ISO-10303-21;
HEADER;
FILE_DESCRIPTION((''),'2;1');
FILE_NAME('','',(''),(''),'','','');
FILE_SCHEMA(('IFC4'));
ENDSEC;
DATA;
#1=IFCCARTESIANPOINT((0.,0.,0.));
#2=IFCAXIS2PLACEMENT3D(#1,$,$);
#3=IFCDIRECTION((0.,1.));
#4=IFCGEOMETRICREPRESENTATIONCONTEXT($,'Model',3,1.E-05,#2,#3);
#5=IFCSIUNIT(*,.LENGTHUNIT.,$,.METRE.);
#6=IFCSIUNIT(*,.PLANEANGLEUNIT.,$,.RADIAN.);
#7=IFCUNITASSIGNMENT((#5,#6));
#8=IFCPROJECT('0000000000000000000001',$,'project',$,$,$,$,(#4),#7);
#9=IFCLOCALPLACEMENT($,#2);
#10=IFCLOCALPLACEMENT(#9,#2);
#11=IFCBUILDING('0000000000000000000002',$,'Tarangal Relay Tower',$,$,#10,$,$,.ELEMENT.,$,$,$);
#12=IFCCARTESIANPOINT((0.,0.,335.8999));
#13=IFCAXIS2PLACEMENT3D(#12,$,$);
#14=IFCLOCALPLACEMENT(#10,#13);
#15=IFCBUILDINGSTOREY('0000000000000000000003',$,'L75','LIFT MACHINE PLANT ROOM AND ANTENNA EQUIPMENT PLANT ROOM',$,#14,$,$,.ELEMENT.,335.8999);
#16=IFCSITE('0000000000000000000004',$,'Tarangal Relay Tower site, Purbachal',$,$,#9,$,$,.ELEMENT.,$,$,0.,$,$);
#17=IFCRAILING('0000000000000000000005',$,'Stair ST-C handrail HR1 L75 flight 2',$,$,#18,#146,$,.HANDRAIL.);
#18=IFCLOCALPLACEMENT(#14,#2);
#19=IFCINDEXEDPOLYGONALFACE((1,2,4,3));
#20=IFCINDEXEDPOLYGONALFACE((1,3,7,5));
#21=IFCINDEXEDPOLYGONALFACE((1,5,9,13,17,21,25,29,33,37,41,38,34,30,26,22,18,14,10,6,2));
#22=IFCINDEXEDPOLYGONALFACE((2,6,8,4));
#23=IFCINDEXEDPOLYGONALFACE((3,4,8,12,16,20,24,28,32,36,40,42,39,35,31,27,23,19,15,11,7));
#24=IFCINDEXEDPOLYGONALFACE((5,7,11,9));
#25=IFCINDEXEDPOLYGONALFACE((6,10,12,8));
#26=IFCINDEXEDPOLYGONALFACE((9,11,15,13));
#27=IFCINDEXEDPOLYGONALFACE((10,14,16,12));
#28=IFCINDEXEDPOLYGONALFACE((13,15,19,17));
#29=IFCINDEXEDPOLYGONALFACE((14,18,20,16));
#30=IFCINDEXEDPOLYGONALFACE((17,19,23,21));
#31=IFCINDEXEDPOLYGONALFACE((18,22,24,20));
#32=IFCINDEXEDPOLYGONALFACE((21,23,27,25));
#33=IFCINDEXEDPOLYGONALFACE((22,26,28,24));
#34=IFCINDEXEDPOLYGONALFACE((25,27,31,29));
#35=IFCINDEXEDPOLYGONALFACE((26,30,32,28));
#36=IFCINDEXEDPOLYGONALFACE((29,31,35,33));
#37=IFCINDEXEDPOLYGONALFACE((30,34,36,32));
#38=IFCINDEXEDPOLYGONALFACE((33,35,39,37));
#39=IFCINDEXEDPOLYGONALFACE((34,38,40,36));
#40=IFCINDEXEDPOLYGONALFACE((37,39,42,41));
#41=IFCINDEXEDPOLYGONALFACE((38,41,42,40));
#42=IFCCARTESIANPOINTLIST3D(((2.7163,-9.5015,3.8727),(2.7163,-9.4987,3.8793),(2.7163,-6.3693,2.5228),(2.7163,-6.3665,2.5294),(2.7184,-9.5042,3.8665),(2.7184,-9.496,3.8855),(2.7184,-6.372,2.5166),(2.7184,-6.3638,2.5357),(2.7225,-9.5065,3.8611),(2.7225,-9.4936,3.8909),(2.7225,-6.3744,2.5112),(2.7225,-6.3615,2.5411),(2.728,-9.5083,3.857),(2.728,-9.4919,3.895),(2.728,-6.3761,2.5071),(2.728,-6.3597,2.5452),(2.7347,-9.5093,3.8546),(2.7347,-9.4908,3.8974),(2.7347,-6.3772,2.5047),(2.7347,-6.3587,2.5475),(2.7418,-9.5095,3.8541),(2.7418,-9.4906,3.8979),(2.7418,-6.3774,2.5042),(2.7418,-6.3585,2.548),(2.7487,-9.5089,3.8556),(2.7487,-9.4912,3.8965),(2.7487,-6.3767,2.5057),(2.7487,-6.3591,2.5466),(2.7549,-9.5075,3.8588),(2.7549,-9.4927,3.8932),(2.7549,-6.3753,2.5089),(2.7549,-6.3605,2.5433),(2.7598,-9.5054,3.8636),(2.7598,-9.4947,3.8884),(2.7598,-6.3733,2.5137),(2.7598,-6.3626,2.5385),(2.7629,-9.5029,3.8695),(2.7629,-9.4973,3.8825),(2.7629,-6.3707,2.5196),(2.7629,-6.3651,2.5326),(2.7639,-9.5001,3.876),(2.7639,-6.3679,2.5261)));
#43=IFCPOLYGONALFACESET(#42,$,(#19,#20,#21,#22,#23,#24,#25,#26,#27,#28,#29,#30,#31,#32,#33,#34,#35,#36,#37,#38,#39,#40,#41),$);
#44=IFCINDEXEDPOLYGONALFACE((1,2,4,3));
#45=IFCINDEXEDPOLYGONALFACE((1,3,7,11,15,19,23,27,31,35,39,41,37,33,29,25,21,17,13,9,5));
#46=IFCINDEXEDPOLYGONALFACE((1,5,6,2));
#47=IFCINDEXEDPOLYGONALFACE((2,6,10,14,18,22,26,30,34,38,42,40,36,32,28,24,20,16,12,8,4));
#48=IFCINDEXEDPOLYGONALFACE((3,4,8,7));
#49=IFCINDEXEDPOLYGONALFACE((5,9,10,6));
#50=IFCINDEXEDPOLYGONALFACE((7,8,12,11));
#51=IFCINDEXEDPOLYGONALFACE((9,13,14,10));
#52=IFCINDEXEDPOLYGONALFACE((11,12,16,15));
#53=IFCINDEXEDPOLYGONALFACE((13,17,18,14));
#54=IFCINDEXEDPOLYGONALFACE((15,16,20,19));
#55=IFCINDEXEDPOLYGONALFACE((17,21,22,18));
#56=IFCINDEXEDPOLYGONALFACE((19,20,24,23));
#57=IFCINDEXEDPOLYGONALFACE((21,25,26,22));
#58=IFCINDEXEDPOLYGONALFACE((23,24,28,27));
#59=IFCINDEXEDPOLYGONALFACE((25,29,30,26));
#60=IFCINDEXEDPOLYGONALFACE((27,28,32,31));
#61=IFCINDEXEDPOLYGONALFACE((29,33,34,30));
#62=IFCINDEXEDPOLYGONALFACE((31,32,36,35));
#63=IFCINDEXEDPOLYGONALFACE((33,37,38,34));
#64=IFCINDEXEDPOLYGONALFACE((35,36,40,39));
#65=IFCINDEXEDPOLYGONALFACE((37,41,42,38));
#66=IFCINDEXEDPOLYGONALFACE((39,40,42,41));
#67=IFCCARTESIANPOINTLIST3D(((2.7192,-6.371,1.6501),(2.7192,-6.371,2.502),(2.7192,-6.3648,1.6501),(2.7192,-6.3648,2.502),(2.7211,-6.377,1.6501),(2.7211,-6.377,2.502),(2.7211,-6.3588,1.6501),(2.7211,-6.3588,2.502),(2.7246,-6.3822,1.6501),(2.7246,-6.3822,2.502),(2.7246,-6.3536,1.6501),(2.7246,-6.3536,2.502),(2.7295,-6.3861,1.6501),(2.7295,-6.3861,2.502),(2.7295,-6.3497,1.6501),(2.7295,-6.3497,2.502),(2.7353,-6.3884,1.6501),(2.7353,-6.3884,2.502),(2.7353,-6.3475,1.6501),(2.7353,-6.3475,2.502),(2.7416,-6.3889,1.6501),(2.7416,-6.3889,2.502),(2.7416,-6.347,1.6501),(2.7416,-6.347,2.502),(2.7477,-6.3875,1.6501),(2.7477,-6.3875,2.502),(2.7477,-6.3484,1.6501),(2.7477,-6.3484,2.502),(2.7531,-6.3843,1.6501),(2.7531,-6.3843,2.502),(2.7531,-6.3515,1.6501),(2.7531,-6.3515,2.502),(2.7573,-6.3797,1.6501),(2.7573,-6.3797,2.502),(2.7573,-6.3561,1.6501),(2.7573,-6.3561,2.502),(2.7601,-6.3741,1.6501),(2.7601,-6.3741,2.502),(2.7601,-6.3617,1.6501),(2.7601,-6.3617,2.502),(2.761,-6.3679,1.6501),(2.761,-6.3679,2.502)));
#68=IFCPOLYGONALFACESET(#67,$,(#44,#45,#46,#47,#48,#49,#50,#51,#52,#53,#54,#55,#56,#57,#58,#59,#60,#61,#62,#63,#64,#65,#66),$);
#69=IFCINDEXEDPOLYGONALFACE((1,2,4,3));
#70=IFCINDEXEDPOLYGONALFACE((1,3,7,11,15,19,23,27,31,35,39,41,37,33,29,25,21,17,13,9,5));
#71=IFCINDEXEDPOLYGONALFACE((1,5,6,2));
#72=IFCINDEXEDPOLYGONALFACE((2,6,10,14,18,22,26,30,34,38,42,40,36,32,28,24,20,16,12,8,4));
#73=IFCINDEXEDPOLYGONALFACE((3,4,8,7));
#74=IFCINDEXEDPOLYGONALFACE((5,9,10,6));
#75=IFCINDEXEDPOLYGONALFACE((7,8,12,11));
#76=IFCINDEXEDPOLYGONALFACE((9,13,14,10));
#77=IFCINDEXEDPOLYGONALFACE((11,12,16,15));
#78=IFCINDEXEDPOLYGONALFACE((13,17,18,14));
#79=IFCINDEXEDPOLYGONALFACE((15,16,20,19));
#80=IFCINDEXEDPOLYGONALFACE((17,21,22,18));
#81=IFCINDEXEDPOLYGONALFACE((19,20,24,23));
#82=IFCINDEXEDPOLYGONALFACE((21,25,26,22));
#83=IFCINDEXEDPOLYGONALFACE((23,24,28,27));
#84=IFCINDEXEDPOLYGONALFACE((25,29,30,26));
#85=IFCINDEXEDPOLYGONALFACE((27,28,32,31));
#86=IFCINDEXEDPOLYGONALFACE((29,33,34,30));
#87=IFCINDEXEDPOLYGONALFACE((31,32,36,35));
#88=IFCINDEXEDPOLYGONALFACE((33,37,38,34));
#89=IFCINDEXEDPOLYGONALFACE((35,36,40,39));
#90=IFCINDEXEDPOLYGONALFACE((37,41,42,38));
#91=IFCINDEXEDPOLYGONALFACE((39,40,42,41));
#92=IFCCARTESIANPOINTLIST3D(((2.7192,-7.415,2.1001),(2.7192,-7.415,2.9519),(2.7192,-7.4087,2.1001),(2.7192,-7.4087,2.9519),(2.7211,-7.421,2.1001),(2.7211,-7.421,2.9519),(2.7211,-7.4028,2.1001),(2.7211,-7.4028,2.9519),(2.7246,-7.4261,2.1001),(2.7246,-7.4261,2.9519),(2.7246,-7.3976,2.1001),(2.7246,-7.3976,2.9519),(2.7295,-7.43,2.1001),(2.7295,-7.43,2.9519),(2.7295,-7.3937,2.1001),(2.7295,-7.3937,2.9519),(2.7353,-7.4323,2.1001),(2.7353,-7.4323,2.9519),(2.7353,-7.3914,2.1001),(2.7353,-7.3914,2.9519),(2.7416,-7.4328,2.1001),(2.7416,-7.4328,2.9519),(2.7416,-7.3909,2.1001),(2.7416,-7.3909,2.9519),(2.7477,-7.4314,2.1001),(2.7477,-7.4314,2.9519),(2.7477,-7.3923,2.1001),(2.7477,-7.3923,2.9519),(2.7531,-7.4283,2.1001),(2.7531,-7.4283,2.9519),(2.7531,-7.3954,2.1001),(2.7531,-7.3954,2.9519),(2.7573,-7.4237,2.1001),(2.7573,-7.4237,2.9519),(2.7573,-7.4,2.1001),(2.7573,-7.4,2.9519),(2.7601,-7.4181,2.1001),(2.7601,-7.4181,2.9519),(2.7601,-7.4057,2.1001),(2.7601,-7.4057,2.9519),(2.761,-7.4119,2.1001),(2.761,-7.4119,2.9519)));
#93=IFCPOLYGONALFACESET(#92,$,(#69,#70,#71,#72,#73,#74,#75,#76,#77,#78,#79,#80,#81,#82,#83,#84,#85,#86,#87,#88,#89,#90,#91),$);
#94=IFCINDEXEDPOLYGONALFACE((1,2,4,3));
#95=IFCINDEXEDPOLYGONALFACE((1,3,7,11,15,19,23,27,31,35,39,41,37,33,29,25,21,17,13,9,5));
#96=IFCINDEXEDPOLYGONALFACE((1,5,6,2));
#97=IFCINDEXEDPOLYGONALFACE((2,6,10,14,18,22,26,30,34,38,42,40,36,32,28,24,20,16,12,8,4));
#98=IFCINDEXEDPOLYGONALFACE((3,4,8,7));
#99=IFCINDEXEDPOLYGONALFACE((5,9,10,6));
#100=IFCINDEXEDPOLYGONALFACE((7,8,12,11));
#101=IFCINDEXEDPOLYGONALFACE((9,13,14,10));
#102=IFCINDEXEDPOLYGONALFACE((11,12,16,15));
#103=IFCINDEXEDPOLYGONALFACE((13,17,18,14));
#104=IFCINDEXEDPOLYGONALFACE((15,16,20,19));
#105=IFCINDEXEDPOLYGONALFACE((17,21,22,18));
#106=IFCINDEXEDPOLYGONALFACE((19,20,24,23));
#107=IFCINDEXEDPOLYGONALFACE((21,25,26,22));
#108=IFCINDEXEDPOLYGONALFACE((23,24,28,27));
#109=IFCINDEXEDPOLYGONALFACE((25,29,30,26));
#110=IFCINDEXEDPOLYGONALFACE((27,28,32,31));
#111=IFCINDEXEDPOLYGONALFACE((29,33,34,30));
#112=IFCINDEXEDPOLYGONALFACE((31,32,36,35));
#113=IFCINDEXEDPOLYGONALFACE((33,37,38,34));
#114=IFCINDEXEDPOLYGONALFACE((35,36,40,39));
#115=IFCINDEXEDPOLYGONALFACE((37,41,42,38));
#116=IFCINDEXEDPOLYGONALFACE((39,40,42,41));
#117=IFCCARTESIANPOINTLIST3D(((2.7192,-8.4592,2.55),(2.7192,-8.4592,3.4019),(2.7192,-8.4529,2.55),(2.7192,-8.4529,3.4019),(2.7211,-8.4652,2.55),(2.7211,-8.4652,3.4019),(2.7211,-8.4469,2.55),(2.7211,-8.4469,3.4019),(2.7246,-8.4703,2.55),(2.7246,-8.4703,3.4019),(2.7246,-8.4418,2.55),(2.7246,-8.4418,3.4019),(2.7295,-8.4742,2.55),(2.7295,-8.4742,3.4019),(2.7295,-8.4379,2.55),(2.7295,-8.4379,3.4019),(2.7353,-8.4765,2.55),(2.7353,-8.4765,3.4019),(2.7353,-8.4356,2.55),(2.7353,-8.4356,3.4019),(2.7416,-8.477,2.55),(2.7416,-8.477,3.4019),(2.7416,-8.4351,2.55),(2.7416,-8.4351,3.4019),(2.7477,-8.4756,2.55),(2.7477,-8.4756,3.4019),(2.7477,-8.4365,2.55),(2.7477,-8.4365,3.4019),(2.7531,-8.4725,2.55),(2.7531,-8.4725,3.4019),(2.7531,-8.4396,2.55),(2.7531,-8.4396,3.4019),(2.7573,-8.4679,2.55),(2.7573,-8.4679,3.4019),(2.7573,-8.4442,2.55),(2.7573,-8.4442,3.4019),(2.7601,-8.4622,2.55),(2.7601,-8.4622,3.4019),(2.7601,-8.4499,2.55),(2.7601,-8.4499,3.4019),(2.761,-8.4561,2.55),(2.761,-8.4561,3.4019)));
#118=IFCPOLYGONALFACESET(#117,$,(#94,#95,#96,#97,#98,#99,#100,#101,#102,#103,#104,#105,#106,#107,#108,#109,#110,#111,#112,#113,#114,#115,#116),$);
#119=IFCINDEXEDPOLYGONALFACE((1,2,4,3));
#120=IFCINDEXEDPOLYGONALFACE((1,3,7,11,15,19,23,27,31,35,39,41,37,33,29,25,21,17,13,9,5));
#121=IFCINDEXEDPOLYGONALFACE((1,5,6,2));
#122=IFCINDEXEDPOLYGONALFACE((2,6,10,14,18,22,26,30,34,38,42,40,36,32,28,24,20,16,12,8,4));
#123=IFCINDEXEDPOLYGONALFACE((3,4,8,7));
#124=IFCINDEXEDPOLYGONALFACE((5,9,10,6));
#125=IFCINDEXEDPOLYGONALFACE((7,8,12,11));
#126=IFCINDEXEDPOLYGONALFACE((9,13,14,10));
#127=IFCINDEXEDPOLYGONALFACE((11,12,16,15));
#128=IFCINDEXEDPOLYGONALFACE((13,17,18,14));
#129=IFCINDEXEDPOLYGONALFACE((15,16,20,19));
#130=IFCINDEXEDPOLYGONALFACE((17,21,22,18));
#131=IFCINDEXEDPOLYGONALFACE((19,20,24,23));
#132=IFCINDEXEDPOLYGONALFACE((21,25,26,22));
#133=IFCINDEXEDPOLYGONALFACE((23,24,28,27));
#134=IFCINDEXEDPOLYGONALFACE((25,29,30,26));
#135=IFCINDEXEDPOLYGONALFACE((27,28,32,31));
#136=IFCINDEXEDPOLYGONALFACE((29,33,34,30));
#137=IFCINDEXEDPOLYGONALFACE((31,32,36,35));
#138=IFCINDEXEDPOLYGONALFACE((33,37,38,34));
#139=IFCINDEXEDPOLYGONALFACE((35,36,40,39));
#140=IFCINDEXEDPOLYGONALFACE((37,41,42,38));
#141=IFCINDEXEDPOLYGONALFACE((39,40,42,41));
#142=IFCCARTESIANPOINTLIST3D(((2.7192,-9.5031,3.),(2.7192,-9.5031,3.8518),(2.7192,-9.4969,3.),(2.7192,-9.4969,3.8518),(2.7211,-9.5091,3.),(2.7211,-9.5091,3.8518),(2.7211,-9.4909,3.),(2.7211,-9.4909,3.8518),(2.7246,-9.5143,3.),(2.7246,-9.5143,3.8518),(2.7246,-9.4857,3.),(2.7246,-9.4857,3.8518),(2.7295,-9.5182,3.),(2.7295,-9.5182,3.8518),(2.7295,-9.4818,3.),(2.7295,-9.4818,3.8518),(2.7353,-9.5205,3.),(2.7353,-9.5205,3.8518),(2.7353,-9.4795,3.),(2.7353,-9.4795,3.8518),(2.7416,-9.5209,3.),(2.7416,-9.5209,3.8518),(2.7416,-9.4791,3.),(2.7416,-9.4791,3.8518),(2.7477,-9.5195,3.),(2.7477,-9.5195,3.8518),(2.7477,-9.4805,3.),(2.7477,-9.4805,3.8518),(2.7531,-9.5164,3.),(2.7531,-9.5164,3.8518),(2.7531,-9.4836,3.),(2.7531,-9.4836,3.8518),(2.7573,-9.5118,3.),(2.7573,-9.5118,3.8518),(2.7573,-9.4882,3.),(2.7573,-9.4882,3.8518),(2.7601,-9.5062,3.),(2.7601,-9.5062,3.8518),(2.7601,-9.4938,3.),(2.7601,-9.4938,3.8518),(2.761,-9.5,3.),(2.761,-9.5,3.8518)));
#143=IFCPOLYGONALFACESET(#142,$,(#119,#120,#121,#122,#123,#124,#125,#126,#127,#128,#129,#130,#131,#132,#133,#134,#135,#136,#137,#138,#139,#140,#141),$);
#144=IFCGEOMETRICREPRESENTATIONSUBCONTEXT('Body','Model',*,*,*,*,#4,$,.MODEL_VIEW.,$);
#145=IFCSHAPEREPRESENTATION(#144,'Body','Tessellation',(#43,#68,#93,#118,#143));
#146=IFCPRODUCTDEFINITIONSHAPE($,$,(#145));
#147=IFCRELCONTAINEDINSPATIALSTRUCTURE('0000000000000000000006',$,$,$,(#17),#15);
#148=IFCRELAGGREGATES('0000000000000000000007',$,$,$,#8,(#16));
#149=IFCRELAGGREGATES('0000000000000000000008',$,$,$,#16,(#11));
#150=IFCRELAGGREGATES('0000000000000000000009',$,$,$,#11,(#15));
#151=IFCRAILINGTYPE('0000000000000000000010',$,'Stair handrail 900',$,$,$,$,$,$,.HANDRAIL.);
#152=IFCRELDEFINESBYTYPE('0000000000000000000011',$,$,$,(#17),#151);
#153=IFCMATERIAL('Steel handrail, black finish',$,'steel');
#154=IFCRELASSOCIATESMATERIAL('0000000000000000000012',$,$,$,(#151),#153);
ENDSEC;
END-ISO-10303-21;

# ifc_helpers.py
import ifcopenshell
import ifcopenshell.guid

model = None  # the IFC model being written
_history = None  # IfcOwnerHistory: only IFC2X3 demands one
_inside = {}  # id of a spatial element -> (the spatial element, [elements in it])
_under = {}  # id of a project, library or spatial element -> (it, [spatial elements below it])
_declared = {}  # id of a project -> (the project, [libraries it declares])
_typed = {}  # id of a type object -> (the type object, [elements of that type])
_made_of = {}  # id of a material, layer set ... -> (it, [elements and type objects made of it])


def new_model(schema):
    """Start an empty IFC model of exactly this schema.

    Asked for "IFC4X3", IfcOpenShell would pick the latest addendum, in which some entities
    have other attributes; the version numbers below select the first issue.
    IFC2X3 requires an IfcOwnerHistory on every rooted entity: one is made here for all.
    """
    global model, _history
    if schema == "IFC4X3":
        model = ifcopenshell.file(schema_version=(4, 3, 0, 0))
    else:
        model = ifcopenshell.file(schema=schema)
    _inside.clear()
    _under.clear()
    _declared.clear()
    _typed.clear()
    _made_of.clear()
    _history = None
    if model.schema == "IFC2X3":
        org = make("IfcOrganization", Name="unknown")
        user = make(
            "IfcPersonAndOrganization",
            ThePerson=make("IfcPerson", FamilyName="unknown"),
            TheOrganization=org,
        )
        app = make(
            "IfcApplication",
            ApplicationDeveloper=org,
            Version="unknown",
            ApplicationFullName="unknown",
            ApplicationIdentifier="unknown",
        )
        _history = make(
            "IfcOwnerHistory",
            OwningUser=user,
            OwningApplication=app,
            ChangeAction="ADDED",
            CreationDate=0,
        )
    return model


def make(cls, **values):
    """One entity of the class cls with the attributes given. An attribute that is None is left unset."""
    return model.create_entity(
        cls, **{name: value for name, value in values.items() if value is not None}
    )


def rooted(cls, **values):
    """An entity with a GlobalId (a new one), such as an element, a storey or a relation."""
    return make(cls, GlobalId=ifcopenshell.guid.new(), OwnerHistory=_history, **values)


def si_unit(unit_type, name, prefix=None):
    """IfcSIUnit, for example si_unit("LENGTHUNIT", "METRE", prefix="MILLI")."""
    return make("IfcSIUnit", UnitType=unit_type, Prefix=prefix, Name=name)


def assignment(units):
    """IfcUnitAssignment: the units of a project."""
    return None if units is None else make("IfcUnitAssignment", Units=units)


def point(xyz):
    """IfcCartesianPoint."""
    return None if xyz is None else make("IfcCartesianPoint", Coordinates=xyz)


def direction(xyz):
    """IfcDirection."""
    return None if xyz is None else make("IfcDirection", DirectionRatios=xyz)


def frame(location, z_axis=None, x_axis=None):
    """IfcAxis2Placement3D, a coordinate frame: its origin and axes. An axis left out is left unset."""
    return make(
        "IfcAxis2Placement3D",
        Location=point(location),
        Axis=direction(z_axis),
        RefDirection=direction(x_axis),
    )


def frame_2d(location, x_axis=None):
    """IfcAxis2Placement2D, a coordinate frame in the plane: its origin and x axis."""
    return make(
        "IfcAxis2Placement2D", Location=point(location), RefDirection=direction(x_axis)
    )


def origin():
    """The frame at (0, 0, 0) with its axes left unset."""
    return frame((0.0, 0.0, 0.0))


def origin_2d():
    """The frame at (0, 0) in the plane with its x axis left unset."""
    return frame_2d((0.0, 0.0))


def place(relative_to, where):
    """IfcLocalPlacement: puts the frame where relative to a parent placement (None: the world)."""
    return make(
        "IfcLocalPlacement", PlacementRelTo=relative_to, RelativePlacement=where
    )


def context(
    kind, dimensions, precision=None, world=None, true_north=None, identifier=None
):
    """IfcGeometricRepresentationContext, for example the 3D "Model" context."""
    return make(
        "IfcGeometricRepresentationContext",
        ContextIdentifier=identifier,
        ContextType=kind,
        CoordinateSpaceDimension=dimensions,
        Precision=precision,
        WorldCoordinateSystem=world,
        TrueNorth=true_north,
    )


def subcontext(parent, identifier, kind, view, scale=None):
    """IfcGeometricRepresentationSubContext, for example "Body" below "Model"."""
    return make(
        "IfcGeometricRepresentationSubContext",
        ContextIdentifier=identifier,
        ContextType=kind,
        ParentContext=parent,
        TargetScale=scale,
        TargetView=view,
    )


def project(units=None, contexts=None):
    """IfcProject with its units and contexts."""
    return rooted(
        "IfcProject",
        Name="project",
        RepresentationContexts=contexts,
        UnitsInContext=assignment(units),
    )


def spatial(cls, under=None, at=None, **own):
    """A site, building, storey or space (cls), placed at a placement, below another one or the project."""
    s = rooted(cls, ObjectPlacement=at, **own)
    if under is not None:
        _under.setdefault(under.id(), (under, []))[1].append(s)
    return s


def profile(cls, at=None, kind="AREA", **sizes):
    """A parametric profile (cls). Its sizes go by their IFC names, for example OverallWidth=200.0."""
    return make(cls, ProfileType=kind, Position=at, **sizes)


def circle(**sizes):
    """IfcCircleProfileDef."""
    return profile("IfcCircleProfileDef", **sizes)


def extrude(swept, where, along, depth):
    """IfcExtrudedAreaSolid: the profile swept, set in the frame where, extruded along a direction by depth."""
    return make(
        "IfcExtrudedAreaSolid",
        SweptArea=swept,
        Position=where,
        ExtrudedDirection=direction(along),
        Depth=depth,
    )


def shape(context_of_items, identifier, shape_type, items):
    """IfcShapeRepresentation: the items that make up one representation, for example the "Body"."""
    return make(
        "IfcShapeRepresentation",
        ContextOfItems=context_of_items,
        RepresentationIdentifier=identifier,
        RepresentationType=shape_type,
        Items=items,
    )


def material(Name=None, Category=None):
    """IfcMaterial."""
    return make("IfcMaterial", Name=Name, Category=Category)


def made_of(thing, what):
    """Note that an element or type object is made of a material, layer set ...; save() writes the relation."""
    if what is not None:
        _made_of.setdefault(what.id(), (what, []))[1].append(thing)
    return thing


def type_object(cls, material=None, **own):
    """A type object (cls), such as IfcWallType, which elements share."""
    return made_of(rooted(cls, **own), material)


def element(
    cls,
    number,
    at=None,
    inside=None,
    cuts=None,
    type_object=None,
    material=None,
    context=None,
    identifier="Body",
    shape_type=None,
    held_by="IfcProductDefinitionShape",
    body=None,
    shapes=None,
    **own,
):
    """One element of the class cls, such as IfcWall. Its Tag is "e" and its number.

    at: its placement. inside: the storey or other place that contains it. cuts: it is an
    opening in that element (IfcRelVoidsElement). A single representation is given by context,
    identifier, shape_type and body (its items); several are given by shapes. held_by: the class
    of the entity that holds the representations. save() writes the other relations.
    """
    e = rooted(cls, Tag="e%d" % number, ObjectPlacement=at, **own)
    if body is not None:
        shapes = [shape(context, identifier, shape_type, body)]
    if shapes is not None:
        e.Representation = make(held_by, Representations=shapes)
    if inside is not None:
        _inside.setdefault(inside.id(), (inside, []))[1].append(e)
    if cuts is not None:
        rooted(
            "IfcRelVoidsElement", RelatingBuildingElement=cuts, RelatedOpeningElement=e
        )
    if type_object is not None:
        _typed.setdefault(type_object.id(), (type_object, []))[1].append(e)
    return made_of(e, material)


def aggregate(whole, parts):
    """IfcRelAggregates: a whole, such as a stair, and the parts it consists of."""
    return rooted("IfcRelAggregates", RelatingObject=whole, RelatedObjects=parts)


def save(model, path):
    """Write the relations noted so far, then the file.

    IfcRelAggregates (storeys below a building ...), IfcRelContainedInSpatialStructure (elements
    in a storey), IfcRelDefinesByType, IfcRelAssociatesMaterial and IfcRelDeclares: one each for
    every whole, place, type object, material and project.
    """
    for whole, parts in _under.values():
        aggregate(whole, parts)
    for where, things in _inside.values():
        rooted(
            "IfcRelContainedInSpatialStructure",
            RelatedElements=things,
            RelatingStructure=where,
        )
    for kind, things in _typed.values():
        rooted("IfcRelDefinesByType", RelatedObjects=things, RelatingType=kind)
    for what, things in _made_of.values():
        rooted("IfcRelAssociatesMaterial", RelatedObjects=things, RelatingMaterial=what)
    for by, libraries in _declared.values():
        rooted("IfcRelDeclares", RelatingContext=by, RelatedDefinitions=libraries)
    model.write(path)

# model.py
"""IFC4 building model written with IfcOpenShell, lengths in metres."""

from ifc_helpers import new_model, si_unit, direction, frame, origin, origin_2d, place, context, subcontext, project, spatial, circle, extrude, material, type_object, element, save


model = new_model("IFC4")

# Units and contexts
model_context = context("Model", 3, precision=1e-05, world=origin(), true_north=direction((0.0, 1.0)))
body_context = subcontext(model_context, "Body", "Model", "MODEL_VIEW")
ifc_project = project(units=[si_unit("LENGTHUNIT", "METRE"), si_unit("PLANEANGLEUNIT", "RADIAN")], contexts=[model_context])

# Site, building, storey
site_placement = place(None, origin())
site = spatial("IfcSite", under=ifc_project, at=site_placement, Name="Tarangal Relay Tower site, Purbachal", CompositionType="ELEMENT", RefElevation=0.0)
building_placement = place(site_placement, origin())
building = spatial("IfcBuilding", under=site, at=building_placement, Name="Tarangal Relay Tower", CompositionType="ELEMENT")
storey_placement = place(building_placement, frame((0.0, 0.0, 335.8999)))
storey = spatial("IfcBuildingStorey", under=building, at=storey_placement, Name="L75", Description="LIFT MACHINE PLANT ROOM AND ANTENNA EQUIPMENT PLANT ROOM", CompositionType="ELEMENT", Elevation=335.8999)

# Railing
ifc_material_1 = material(Name="Steel handrail, black finish", Category="steel")
railing_type_1 = type_object("IfcRailingType", Name="Stair handrail 900", PredefinedType="HANDRAIL", material=ifc_material_1)
for number, where, name in (
    (1, (2.74, -6.3679, 1.6501), "Stair ST-C handrail HR1 L75 flight 2"),
):
    element("IfcRailing", number, at=place(storey_placement, frame(where)), inside=storey, type_object=railing_type_1, Name=name, PredefinedType="HANDRAIL", context=body_context, shape_type="SweptSolid", body=[
        extrude(circle(Radius=0.0239, at=origin_2d()), frame((0.0, 0.0, 0.876), z_axis=(0.0, -0.918343, 0.395785), x_axis=(1.0, 0.0, 0.0)), (0.0, 0.0, 1.0), 3.4106),
        extrude(circle(Radius=0.021, at=origin_2d()), origin(), (0.0, 0.0, 1.0), 0.8518),
        extrude(circle(Radius=0.021, at=origin_2d()), frame((0.0, -1.0439, 0.45)), (0.0, 0.0, 1.0), 0.8518),
        extrude(circle(Radius=0.021, at=origin_2d()), frame((0.0, -2.0881, 0.8999)), (0.0, 0.0, 1.0), 0.8518),
        extrude(circle(Radius=0.021, at=origin_2d()), frame((0.0, -3.1321, 1.3499)), (0.0, 0.0, 1.0), 0.8518),
    ])

save(model, "model.ifc")
